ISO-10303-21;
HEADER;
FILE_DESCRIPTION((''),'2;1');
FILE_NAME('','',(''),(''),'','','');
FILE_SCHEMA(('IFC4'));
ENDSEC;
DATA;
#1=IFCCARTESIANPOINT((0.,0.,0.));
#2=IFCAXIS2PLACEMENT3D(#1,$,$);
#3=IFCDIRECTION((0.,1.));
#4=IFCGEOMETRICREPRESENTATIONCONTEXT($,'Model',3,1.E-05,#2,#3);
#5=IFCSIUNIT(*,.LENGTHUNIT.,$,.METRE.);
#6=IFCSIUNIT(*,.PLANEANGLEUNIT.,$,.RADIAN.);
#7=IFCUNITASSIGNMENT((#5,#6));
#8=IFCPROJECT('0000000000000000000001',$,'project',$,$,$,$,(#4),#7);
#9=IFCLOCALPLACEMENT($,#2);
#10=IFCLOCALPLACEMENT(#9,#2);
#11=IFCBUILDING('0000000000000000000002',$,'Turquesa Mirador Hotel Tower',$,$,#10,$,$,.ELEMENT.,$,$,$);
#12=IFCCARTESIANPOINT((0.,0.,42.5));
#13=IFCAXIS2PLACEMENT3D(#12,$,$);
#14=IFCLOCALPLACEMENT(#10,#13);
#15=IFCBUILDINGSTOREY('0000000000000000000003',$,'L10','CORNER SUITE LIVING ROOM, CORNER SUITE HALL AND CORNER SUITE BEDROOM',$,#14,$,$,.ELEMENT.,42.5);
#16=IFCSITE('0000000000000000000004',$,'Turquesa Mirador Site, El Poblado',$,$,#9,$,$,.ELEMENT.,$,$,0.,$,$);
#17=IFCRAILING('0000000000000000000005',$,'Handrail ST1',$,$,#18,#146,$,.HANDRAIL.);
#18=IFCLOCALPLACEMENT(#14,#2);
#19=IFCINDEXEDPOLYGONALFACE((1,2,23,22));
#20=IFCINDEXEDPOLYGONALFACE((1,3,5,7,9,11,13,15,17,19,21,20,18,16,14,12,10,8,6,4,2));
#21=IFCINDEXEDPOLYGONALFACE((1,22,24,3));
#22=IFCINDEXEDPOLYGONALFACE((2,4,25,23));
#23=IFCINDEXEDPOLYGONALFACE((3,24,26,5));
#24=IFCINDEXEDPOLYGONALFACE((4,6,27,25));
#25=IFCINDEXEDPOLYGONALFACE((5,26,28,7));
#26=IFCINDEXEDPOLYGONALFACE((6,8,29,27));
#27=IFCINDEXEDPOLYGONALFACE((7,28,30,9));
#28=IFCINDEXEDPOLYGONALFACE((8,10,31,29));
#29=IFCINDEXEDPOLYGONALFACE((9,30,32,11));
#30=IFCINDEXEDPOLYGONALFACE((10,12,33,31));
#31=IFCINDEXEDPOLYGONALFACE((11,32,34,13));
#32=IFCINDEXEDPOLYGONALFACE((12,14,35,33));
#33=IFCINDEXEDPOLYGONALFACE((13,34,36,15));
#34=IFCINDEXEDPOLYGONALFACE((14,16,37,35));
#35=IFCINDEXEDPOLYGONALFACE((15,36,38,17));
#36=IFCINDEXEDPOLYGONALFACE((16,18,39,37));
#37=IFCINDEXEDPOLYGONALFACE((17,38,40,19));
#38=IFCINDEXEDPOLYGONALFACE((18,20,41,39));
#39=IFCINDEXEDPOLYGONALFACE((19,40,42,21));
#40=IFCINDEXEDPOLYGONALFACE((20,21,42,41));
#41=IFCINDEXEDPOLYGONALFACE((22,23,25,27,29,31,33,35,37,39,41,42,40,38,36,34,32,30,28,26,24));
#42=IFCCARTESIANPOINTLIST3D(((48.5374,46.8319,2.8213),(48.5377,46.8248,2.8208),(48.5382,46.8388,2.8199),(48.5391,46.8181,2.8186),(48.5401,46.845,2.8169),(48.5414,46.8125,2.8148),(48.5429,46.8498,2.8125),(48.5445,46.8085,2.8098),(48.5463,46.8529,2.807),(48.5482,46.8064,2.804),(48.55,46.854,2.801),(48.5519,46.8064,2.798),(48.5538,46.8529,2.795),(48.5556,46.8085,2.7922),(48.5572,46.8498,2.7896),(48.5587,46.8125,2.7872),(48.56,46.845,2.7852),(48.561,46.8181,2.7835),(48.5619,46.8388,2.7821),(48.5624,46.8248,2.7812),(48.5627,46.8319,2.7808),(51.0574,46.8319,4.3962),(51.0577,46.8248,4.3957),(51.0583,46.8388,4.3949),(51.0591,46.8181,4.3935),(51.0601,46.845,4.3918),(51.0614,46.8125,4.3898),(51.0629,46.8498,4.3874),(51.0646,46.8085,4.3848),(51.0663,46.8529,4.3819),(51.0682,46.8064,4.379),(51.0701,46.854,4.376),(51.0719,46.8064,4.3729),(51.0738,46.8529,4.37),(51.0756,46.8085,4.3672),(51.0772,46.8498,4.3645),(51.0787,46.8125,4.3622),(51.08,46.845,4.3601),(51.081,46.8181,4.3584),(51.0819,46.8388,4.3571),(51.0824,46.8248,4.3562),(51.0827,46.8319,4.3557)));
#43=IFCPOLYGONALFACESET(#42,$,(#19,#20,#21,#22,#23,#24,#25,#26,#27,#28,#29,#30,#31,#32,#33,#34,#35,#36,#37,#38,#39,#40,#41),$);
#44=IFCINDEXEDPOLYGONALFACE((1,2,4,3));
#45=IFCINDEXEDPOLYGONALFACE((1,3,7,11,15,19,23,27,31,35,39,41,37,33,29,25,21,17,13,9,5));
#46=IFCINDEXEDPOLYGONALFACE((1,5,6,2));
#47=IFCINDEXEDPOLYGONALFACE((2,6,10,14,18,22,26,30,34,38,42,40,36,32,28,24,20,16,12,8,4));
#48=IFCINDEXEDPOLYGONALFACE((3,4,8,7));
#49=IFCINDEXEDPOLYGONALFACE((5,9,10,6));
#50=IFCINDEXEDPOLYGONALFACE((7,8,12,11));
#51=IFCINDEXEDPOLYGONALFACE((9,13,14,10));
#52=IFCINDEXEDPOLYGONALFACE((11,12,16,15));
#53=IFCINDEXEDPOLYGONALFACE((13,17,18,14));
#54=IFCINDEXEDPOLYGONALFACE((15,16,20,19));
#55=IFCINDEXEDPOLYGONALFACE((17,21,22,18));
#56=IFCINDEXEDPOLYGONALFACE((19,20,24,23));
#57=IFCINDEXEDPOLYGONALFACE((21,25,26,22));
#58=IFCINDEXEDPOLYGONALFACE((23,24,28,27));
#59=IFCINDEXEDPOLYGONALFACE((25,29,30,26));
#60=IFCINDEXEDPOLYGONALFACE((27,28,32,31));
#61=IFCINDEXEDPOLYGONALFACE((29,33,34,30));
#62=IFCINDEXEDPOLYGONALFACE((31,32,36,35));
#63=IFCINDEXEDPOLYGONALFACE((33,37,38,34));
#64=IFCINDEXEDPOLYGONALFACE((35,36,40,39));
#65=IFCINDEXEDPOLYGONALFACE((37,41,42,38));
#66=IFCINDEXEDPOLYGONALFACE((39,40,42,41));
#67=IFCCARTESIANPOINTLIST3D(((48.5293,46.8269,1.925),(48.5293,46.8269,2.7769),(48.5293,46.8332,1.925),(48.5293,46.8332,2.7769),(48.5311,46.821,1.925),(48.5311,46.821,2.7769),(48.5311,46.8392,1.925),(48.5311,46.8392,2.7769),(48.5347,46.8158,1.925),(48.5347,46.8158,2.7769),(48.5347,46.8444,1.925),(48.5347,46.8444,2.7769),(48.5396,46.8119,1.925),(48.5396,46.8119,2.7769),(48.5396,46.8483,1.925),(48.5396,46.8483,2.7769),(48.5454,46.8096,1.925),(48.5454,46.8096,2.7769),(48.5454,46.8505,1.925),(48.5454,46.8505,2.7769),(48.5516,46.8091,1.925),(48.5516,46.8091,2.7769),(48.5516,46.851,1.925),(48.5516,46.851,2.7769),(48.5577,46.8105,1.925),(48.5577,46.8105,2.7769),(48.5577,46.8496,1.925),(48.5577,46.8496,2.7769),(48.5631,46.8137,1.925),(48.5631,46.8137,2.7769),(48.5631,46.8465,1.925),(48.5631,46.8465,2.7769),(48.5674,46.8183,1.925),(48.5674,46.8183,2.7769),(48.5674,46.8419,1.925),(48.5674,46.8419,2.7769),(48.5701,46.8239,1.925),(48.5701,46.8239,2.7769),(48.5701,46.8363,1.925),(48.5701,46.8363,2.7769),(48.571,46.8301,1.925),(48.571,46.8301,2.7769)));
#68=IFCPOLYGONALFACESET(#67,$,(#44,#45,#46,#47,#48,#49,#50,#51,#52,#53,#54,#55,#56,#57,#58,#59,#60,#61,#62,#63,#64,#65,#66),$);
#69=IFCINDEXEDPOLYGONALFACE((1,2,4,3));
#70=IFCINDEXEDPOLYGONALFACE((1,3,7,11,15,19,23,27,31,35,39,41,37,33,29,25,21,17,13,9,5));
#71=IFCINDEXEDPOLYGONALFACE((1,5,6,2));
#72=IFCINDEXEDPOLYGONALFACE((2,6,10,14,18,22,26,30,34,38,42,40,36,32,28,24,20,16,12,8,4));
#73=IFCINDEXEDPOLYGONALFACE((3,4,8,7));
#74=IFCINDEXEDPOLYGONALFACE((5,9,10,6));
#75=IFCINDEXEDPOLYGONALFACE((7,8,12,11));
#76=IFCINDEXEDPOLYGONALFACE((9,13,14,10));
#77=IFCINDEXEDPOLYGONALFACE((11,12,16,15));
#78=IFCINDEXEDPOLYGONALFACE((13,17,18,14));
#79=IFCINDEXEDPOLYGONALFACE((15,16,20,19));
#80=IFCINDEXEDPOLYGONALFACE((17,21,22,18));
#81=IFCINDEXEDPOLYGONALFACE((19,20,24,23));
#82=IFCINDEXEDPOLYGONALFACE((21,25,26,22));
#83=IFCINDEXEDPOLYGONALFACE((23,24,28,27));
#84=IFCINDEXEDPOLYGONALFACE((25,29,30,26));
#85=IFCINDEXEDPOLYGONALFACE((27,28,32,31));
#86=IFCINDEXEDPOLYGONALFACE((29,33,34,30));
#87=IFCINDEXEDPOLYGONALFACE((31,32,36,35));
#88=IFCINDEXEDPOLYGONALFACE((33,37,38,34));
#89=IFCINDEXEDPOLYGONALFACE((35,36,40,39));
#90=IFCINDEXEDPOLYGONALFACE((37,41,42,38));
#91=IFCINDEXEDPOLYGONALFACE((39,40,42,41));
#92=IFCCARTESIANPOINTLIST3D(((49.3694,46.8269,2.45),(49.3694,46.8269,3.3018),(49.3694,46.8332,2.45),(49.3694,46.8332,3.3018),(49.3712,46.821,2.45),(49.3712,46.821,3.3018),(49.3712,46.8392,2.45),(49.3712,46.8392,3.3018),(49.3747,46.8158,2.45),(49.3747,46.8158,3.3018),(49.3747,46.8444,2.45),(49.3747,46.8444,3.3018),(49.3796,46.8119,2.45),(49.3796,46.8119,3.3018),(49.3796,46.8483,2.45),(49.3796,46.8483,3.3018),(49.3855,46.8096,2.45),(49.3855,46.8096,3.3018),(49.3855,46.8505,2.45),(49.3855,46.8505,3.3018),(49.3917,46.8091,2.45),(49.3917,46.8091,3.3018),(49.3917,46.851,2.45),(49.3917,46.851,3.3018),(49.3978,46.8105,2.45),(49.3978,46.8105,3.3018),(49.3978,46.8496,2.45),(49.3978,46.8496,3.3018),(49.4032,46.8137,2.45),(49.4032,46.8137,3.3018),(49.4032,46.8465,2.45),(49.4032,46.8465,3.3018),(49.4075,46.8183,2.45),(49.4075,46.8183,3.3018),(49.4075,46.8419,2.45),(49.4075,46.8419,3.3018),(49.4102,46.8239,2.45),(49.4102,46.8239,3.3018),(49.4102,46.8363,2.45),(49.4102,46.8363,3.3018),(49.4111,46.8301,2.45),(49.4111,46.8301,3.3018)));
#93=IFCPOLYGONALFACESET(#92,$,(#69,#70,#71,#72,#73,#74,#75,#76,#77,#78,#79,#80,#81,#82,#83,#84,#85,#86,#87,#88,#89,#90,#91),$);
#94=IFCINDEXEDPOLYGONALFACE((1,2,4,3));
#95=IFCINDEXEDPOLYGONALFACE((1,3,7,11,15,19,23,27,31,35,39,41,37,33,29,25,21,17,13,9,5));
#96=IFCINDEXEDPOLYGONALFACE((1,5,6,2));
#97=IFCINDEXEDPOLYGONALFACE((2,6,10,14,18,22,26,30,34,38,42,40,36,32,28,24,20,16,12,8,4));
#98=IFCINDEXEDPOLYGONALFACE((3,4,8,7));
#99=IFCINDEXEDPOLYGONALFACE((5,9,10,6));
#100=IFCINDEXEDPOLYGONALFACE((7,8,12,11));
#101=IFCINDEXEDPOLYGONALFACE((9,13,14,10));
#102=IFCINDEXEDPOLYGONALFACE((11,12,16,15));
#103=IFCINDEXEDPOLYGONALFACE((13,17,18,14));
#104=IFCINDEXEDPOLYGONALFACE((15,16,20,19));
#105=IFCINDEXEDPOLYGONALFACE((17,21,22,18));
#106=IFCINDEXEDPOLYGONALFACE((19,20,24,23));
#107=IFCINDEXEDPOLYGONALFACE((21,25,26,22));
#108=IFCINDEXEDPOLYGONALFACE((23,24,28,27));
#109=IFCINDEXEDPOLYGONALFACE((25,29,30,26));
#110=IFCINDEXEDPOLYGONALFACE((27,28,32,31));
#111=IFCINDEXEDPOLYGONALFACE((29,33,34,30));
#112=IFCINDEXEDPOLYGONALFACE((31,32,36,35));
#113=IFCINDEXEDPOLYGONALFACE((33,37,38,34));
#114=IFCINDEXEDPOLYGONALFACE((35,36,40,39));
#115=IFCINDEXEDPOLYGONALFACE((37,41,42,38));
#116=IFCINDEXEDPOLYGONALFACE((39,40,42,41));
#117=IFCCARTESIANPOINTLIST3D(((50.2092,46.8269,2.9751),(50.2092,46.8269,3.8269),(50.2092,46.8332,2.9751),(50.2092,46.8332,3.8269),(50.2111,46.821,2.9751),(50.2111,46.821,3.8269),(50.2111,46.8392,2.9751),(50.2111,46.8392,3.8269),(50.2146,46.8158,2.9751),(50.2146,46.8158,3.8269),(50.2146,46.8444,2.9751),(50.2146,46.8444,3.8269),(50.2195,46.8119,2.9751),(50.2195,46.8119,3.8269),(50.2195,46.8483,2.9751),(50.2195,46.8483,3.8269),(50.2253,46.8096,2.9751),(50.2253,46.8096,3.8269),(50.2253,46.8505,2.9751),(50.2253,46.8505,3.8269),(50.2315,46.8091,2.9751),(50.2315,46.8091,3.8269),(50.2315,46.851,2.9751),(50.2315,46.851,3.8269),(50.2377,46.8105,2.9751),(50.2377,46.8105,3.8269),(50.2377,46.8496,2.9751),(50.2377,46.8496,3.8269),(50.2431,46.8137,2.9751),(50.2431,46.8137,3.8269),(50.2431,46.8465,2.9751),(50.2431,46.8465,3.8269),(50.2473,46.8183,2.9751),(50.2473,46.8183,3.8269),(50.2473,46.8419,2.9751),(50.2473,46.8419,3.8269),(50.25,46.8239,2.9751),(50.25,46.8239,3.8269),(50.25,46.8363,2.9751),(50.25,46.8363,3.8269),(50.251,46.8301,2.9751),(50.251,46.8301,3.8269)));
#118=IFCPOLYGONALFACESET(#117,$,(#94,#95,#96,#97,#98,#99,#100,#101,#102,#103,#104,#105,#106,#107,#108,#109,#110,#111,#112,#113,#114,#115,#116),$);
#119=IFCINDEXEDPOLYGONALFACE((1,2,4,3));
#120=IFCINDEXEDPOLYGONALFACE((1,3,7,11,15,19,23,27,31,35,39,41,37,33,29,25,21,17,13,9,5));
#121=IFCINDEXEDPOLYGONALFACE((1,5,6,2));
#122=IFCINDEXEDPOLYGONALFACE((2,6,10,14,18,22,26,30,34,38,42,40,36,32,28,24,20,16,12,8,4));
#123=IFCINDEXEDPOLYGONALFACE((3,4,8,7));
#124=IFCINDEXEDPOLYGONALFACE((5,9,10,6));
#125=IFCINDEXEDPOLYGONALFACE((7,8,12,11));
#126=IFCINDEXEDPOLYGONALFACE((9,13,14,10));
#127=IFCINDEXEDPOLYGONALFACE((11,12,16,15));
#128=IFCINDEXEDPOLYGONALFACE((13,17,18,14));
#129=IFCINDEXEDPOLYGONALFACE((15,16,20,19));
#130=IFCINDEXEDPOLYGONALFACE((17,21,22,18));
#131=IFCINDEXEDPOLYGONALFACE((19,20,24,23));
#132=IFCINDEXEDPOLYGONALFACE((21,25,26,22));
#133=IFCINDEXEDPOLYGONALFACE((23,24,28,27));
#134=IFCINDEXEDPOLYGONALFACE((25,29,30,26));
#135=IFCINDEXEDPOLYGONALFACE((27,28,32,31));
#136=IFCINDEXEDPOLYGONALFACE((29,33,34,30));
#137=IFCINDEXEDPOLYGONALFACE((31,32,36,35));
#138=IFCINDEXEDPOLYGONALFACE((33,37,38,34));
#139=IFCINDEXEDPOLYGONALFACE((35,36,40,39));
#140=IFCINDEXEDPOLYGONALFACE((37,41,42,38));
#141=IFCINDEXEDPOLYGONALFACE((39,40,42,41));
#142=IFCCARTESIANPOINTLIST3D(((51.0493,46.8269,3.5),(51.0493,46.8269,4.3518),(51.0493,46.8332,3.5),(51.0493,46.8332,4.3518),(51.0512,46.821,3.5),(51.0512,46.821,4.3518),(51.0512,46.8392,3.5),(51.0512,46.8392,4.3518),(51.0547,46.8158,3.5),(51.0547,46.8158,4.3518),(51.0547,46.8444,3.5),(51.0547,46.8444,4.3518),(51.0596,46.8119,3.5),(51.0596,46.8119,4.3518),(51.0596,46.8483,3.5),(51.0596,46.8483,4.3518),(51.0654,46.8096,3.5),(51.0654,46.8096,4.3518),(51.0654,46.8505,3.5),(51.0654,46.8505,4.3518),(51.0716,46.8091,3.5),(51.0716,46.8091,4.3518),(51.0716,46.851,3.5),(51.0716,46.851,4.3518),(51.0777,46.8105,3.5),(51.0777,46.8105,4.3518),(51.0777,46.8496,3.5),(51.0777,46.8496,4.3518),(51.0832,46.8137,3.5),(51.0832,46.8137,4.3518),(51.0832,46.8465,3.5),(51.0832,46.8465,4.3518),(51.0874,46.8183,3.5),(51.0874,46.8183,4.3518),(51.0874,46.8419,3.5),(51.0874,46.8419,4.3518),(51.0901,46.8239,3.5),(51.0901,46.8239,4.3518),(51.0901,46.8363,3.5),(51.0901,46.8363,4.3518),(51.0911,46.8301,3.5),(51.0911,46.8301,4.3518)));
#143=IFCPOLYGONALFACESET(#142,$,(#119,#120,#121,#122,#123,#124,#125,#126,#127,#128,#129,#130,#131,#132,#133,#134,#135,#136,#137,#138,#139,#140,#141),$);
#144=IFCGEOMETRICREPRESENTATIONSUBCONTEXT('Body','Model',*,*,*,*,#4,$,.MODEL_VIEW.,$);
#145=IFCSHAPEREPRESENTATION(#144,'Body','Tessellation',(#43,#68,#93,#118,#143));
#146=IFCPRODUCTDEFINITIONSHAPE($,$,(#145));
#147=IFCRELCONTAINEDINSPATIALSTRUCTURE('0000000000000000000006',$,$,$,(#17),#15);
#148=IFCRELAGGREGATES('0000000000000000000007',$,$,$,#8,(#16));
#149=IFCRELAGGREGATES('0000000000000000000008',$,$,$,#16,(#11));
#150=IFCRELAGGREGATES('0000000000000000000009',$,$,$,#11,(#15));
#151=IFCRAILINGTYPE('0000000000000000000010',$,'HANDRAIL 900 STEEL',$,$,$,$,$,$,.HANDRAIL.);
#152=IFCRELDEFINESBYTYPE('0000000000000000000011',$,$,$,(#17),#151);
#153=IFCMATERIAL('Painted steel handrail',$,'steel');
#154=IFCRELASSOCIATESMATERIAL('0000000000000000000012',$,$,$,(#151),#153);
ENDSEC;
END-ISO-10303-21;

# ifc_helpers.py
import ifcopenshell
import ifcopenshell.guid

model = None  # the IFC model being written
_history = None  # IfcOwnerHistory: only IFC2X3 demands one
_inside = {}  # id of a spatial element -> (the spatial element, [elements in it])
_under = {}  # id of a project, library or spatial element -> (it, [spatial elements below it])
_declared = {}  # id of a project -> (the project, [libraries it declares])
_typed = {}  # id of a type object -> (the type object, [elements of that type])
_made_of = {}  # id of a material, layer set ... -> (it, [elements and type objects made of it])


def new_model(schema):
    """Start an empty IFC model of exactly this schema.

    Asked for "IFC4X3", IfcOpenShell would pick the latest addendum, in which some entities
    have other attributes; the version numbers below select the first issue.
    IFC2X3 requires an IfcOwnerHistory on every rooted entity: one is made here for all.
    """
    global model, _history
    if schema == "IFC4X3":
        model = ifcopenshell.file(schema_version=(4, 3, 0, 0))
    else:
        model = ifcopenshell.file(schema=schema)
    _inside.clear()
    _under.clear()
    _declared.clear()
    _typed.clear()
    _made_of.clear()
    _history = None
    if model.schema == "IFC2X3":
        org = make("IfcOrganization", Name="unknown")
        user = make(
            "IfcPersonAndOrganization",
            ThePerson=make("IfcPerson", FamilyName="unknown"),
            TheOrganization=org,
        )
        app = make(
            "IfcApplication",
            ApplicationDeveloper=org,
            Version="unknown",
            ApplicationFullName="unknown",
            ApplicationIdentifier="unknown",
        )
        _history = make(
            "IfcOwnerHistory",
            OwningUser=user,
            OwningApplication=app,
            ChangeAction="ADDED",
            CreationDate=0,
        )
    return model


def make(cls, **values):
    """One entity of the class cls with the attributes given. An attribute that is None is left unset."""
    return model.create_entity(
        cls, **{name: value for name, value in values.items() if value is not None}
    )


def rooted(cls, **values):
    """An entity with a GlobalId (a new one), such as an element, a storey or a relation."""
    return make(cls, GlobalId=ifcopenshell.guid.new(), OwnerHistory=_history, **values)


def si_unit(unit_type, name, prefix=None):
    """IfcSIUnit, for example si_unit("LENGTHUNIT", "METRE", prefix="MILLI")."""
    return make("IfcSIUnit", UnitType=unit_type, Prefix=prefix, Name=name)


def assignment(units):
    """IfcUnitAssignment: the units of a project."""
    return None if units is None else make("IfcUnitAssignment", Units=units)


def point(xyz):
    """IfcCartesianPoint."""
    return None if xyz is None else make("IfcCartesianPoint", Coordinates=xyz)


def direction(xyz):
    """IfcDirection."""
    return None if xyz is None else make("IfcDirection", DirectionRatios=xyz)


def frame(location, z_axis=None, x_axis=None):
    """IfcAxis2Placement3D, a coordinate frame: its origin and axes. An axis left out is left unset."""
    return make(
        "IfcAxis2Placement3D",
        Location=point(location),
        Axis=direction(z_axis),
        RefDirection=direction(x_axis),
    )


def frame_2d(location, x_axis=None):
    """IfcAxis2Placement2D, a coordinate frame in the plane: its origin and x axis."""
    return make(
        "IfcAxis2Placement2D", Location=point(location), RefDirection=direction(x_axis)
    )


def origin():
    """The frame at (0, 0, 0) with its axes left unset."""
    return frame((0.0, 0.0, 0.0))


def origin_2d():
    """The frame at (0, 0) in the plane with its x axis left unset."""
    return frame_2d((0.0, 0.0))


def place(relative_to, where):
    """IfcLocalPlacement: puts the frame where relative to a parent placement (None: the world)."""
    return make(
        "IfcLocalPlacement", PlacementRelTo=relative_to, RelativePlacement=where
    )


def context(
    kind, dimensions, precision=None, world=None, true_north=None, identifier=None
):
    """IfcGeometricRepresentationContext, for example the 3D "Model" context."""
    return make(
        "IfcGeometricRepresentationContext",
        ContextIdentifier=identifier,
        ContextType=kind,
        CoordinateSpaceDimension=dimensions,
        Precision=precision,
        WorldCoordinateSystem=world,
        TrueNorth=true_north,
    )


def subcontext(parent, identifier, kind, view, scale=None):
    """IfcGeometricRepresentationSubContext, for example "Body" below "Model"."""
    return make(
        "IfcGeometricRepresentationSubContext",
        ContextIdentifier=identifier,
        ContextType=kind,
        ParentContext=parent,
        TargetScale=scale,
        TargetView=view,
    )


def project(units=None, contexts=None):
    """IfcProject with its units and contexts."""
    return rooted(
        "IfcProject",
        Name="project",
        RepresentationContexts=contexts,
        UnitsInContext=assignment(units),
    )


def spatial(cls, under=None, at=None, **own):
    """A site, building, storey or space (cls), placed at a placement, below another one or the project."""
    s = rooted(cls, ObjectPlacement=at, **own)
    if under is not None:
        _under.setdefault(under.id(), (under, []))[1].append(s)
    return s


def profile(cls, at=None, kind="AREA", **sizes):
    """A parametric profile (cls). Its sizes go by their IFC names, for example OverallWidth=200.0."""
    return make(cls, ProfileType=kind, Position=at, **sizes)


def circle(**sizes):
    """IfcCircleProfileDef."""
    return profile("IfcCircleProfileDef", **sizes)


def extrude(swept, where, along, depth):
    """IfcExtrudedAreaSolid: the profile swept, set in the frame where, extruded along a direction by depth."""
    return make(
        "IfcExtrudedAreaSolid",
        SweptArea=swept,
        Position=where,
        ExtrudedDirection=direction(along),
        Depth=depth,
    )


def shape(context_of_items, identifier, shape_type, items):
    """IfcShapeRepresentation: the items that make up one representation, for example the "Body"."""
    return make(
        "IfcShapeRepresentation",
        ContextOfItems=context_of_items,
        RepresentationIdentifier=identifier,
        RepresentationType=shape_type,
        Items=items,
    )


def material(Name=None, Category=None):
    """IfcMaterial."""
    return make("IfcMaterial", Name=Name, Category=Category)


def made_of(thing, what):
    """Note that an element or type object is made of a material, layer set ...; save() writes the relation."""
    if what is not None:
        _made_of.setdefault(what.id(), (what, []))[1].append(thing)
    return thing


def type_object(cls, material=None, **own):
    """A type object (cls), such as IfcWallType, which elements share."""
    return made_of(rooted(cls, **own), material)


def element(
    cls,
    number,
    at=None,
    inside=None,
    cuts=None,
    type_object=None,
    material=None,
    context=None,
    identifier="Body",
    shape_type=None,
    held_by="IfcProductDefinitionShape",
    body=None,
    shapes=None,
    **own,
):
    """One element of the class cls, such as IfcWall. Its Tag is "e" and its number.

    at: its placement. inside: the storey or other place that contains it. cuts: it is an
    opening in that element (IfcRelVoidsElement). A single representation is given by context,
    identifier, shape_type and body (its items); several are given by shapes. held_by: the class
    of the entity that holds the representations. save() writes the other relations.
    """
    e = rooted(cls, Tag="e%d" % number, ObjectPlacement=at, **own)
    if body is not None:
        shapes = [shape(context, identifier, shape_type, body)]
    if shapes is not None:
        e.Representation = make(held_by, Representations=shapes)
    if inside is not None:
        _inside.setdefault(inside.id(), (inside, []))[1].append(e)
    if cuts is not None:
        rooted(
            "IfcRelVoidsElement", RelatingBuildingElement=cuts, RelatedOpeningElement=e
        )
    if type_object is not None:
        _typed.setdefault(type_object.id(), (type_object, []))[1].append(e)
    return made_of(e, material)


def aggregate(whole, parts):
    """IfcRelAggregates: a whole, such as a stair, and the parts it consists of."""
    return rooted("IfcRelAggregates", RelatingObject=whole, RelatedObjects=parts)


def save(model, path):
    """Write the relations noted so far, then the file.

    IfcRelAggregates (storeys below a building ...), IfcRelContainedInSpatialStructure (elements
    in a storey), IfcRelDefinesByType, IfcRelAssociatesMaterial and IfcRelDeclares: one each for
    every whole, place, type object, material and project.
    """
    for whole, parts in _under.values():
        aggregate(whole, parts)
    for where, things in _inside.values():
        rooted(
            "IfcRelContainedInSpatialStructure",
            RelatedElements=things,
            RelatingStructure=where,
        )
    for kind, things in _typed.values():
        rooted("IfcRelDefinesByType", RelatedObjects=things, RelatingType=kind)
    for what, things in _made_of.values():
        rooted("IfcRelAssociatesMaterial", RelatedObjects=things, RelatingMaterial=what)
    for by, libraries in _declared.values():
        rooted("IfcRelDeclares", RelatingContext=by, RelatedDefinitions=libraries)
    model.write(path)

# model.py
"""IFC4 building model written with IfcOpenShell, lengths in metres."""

from ifc_helpers import new_model, si_unit, direction, frame, origin, origin_2d, place, context, subcontext, project, spatial, circle, extrude, material, type_object, element, save


model = new_model("IFC4")

# Units and contexts
model_context = context("Model", 3, precision=1e-05, world=origin(), true_north=direction((0.0, 1.0)))
body_context = subcontext(model_context, "Body", "Model", "MODEL_VIEW")
ifc_project = project(units=[si_unit("LENGTHUNIT", "METRE"), si_unit("PLANEANGLEUNIT", "RADIAN")], contexts=[model_context])

# Site, building, storey
site_placement = place(None, origin())
site = spatial("IfcSite", under=ifc_project, at=site_placement, Name="Turquesa Mirador Site, El Poblado", CompositionType="ELEMENT", RefElevation=0.0)
building_placement = place(site_placement, origin())
building = spatial("IfcBuilding", under=site, at=building_placement, Name="Turquesa Mirador Hotel Tower", CompositionType="ELEMENT")
storey_placement = place(building_placement, frame((0.0, 0.0, 42.5)))
storey = spatial("IfcBuildingStorey", under=building, at=storey_placement, Name="L10", Description="CORNER SUITE LIVING ROOM, CORNER SUITE HALL AND CORNER SUITE BEDROOM", CompositionType="ELEMENT", Elevation=42.5)

# Railing
ifc_material_1 = material(Name="Painted steel handrail", Category="steel")
railing_type = type_object("IfcRailingType", Name="HANDRAIL 900 STEEL", PredefinedType="HANDRAIL", material=ifc_material_1)
for number, where, name in (
    (1, (48.55, 46.8301, 1.925), "Handrail ST1"),
):
    element("IfcRailing", number, at=place(storey_placement, frame(where)), inside=storey, type_object=railing_type, Name=name, PredefinedType="HANDRAIL", context=body_context, shape_type="SweptSolid", body=[
        extrude(circle(Radius=0.0239, at=origin_2d()), frame((0.0, 0.0, 0.876), z_axis=(0.848008, 0.0, 0.529984), x_axis=(0.0, 1.0, 0.0)), (0.0, 0.0, 1.0), 2.9717),
        extrude(circle(Radius=0.021, at=origin_2d()), origin(), (0.0, 0.0, 1.0), 0.8518),
        extrude(circle(Radius=0.021, at=origin_2d()), frame((0.8401, 0.0, 0.5249)), (0.0, 0.0, 1.0), 0.8518),
        extrude(circle(Radius=0.021, at=origin_2d()), frame((1.6799, 0.0, 1.05)), (0.0, 0.0, 1.0), 0.8518),
        extrude(circle(Radius=0.021, at=origin_2d()), frame((2.52, 0.0, 1.575)), (0.0, 0.0, 1.0), 0.8518),
    ])

save(model, "model.ifc")
